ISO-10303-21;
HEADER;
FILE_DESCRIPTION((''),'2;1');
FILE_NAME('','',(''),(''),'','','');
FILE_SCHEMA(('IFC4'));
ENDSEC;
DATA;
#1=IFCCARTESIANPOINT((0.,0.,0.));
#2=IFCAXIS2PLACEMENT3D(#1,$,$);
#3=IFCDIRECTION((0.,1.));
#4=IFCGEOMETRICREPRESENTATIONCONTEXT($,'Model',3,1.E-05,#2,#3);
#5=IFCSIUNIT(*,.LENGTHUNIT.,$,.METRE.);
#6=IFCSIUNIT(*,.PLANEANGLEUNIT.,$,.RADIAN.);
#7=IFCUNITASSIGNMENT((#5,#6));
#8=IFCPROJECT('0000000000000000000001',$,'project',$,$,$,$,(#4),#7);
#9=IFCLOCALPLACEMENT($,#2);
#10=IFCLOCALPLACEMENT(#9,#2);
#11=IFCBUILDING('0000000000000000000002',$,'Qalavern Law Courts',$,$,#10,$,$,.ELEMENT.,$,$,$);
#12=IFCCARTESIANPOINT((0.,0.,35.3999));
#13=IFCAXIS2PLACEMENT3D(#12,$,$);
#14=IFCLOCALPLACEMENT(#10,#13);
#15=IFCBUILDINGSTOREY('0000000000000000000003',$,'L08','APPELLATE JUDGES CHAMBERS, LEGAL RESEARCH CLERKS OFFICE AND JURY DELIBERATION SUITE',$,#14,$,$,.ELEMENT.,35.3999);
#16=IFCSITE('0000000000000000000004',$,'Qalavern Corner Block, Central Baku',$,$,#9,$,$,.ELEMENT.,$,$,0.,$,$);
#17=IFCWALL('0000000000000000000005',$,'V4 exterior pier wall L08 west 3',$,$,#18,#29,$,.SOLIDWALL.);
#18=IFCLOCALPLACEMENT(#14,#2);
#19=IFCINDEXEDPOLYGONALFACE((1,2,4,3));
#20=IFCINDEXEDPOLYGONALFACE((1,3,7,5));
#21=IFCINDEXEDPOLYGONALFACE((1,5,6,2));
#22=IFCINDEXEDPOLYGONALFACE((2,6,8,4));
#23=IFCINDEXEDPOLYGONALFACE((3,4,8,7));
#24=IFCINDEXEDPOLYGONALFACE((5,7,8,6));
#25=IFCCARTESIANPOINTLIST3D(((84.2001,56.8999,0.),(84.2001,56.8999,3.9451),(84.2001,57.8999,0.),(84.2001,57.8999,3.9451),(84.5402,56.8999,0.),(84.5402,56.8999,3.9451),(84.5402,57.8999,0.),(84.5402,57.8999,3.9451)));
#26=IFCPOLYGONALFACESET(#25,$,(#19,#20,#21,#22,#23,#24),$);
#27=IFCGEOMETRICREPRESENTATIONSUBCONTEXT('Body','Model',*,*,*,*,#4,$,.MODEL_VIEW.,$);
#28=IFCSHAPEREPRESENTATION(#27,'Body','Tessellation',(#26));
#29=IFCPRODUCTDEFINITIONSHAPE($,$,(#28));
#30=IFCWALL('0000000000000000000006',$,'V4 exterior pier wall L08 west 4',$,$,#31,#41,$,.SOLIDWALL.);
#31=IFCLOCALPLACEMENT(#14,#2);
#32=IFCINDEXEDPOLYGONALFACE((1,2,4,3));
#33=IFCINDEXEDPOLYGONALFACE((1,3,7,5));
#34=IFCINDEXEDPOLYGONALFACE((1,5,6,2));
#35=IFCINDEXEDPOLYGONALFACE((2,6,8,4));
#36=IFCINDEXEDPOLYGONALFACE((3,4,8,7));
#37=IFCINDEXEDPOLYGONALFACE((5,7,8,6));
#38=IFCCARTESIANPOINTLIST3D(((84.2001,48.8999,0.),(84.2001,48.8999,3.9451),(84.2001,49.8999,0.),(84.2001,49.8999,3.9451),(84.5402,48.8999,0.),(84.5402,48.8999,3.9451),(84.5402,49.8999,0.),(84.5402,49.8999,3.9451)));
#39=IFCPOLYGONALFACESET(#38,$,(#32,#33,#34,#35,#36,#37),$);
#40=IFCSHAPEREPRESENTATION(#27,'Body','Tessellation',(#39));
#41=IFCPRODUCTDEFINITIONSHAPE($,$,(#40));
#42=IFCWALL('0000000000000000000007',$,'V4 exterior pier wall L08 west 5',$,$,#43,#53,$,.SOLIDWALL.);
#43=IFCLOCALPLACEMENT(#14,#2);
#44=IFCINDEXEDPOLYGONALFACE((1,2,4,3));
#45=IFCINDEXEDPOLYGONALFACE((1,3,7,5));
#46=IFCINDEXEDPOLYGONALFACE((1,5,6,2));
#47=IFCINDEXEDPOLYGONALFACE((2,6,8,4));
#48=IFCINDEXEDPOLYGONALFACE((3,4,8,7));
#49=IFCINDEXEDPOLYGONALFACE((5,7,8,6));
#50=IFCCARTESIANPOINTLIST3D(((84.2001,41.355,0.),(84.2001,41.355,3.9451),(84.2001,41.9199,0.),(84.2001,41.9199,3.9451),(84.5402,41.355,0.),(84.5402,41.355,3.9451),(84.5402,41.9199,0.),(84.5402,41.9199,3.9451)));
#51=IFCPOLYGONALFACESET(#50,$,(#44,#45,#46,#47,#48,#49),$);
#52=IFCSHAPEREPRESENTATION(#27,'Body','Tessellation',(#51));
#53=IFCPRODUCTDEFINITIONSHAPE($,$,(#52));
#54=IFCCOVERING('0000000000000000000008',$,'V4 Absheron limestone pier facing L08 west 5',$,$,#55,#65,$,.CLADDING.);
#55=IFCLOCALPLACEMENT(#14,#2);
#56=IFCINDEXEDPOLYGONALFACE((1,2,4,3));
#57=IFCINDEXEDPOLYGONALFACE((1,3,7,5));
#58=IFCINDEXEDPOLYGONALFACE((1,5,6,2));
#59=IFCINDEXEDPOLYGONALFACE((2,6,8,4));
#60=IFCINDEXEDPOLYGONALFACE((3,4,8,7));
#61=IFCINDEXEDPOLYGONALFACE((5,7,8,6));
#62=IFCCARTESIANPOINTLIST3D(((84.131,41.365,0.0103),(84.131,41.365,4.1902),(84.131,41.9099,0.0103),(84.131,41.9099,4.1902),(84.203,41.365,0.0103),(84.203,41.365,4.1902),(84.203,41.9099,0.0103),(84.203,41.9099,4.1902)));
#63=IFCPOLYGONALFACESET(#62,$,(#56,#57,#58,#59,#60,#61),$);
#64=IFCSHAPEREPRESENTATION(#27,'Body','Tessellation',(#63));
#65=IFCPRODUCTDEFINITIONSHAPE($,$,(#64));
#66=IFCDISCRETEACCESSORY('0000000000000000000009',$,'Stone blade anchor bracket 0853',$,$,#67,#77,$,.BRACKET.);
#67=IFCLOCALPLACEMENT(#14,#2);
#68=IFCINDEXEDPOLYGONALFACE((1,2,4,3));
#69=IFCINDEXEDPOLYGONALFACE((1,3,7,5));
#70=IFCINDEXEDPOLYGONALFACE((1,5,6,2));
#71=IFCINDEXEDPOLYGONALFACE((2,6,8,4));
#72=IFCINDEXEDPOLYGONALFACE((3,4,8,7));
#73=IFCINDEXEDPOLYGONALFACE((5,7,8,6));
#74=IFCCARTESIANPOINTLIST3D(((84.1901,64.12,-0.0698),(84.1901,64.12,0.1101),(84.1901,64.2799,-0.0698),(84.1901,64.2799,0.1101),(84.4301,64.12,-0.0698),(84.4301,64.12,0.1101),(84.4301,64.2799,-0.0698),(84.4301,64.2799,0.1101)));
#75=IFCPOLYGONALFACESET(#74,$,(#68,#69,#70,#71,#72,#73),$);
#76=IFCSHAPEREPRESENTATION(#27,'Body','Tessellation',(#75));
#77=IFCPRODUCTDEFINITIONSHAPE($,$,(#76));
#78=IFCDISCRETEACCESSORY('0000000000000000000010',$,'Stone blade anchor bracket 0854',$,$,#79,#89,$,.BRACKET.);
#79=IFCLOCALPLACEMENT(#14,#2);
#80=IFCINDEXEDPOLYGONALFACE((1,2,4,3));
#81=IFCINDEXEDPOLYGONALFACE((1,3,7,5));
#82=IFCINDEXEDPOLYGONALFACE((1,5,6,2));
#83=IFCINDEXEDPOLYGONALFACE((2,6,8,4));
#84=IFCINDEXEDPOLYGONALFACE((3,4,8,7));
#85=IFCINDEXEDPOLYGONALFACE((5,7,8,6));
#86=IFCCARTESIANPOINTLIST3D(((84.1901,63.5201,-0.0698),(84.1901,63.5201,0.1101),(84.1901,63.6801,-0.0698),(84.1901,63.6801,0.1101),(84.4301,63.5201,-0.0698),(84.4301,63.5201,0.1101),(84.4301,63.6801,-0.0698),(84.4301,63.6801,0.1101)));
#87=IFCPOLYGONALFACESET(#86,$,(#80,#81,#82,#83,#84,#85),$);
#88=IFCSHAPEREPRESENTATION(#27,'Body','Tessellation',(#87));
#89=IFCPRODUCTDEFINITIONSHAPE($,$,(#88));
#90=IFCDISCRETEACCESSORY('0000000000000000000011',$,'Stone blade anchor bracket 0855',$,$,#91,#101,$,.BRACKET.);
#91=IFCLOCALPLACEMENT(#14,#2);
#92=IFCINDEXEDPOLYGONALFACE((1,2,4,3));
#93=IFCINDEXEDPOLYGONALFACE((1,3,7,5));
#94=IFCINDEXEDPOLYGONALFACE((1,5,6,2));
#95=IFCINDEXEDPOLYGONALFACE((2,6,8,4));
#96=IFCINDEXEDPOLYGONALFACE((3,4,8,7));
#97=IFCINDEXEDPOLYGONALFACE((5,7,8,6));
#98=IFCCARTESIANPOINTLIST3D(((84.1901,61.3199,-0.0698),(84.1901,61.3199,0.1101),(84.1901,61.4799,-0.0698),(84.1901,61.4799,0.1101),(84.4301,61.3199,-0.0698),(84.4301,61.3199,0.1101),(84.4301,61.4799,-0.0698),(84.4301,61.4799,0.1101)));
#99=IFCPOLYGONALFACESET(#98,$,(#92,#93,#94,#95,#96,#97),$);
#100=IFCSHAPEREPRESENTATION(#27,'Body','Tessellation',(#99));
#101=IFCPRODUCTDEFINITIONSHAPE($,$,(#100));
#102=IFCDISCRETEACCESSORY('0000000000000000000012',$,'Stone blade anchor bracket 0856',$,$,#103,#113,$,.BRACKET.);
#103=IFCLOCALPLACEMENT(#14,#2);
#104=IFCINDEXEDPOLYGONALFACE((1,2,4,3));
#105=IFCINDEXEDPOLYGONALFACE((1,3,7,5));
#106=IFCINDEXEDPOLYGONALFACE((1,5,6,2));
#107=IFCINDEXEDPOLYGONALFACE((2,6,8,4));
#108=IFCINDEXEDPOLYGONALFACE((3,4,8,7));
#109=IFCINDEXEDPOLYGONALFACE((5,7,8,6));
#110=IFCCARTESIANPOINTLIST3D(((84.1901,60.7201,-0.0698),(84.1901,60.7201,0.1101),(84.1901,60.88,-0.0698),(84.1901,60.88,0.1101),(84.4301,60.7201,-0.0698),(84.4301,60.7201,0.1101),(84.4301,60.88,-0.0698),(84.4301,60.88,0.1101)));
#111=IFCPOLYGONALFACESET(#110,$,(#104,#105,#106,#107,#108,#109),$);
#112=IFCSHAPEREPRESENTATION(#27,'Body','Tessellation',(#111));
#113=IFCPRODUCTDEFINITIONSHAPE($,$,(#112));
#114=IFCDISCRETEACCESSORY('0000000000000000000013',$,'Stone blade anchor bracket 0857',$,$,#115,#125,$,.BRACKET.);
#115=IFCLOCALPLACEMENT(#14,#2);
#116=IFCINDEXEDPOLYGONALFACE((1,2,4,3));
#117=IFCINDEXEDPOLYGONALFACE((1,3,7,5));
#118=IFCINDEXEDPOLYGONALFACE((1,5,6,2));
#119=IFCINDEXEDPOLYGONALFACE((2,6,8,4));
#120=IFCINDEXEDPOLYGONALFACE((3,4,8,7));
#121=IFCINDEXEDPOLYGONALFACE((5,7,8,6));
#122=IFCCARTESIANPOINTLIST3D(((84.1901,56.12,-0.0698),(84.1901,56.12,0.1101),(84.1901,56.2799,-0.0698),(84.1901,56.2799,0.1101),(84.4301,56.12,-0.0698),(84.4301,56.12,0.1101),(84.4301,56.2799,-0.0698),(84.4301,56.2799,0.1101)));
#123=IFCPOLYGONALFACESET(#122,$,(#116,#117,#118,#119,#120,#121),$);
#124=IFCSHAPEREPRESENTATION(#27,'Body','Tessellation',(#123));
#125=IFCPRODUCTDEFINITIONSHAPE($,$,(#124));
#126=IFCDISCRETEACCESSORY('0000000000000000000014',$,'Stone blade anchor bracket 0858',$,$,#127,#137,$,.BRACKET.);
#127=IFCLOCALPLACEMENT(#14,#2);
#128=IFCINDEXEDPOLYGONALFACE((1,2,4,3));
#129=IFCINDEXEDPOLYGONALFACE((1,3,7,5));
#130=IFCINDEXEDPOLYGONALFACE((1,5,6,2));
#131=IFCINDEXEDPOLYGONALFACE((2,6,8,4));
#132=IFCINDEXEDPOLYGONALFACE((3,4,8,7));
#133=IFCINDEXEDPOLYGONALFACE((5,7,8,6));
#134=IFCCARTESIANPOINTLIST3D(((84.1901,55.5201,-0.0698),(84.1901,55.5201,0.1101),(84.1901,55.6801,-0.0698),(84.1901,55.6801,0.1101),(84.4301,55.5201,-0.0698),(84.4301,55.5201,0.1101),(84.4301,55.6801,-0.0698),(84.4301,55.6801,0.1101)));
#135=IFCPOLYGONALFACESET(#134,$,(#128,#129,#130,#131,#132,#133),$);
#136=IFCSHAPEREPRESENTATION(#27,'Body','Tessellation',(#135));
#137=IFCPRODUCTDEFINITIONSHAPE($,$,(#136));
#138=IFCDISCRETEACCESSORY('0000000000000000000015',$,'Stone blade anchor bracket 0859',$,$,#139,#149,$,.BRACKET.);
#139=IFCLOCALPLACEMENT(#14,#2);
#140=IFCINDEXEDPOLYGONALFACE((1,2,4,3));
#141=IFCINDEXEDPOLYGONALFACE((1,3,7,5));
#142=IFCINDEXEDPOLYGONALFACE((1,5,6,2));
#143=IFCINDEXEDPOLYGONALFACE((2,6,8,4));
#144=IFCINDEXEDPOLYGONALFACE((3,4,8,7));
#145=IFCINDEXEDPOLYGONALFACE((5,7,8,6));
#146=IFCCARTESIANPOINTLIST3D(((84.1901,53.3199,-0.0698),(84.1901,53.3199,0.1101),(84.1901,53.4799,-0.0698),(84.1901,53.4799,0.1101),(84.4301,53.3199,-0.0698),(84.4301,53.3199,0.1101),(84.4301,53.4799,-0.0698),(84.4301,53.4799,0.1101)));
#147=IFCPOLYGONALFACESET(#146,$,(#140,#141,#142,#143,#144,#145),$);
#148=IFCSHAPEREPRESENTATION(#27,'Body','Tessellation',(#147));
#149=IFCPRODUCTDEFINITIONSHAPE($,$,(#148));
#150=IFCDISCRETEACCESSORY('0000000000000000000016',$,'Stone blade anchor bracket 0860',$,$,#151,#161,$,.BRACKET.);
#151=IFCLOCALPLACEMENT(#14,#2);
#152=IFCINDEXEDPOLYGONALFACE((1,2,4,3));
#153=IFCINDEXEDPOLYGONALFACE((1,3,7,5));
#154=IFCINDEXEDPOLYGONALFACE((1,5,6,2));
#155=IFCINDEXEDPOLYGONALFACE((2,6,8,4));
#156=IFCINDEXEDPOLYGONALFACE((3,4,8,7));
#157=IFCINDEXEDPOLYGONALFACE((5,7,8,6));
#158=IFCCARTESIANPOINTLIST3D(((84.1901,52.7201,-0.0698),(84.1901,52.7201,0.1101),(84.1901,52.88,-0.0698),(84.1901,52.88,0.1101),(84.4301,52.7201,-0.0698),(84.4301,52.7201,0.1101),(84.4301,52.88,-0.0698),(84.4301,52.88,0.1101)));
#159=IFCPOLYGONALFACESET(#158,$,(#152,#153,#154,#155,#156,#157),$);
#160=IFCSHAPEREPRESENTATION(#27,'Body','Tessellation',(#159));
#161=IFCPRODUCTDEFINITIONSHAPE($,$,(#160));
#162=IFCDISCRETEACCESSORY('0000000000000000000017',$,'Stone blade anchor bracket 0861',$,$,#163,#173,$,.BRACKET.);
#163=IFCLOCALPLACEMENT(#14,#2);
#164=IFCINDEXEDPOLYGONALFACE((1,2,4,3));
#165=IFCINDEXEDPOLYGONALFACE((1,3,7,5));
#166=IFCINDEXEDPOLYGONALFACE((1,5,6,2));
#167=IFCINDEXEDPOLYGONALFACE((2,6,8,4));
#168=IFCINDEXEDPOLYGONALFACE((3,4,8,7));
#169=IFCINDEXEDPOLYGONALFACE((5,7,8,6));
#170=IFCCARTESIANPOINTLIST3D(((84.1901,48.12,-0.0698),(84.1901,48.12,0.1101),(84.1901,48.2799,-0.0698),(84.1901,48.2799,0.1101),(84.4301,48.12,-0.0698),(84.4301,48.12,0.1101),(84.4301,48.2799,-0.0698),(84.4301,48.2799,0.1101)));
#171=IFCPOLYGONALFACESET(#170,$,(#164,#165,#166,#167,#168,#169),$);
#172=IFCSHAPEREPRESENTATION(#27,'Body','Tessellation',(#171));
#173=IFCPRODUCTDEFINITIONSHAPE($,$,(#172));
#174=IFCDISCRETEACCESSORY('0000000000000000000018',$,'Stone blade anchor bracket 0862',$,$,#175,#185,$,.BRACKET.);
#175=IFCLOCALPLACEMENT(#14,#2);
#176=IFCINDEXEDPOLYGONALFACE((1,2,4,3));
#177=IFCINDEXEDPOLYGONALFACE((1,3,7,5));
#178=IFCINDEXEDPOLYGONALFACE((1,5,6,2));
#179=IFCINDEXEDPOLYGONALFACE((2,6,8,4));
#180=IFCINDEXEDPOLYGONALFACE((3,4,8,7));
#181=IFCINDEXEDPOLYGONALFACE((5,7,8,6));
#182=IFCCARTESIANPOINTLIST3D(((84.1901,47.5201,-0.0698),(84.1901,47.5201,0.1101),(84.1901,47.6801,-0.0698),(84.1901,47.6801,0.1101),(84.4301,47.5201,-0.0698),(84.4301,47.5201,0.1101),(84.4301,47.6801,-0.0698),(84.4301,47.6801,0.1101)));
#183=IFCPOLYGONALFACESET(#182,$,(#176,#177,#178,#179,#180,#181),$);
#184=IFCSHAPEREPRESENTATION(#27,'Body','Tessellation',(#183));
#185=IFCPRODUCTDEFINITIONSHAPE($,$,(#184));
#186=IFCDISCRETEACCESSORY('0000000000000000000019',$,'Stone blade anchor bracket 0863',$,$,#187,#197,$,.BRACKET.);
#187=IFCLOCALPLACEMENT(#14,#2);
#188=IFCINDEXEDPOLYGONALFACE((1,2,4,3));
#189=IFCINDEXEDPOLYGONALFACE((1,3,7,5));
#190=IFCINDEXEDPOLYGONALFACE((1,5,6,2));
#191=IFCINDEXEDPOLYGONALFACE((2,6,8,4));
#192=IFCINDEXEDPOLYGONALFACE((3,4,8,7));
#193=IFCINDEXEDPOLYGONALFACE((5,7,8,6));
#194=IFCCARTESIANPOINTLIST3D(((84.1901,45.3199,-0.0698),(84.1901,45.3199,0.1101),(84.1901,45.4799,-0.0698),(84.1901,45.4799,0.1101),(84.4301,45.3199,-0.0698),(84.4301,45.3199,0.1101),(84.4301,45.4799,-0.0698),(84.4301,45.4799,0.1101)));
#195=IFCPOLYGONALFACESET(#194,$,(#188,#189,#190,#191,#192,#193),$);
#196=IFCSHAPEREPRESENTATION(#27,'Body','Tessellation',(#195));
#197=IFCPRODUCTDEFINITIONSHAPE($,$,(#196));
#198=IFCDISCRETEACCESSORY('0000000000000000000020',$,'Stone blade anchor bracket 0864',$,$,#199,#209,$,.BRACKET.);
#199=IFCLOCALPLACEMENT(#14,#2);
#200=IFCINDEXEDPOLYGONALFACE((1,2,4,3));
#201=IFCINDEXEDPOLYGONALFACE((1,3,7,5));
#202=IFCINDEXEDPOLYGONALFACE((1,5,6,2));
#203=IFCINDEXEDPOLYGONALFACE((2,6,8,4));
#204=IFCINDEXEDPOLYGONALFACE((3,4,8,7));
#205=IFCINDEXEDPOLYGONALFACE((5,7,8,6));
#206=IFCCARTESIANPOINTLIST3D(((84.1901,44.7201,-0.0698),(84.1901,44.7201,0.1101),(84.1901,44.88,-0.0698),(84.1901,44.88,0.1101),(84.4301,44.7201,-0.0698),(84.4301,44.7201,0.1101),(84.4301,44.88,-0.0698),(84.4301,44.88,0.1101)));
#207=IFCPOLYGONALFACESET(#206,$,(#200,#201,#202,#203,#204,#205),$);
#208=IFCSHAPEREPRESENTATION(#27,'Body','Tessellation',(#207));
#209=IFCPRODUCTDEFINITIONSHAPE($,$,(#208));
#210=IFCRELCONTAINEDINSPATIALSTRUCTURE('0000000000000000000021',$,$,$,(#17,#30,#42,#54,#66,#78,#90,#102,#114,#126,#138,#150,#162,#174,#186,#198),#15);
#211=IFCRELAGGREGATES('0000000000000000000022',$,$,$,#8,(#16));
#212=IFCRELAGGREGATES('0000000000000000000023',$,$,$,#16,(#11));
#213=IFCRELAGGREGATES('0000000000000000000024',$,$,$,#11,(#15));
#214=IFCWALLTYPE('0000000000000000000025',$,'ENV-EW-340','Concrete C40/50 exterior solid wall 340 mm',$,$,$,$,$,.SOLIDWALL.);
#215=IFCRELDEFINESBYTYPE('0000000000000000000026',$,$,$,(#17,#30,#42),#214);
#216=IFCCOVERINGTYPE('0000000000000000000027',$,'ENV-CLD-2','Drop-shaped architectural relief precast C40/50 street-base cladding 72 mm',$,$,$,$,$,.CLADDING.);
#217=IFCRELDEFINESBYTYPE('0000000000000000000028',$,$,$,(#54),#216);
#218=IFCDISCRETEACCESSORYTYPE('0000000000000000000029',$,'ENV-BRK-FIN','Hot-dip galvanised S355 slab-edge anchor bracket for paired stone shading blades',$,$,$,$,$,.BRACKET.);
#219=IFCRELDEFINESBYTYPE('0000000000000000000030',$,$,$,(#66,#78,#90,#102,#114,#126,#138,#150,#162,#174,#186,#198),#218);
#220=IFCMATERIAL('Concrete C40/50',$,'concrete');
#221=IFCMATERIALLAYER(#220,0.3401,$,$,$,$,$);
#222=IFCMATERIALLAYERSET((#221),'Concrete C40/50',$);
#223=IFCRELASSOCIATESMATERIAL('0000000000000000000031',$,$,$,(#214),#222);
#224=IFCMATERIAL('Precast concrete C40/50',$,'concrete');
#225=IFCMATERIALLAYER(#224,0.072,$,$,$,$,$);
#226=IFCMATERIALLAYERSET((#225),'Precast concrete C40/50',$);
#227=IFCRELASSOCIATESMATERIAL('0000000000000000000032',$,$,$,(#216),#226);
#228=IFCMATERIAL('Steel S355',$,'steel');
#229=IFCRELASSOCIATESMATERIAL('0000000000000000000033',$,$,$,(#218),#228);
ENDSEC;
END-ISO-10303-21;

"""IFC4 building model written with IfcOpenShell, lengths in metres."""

from ifc_helpers import new_model, si_unit, direction, frame, frame_2d, origin, origin_2d, place, context, subcontext, project, spatial, rectangle, extrude, material, layer, layer_set, type_object, element, save


model = new_model("IFC4")

# Units and contexts
model_context = context("Model", 3, precision=1e-05, world=origin(), true_north=direction((0.0, 1.0)))
body_context = subcontext(model_context, "Body", "Model", "MODEL_VIEW")
ifc_project = project(units=[si_unit("LENGTHUNIT", "METRE"), si_unit("PLANEANGLEUNIT", "RADIAN")], contexts=[model_context])

# Site, building, storey
site_placement = place(None, origin())
site = spatial("IfcSite", under=ifc_project, at=site_placement, Name="Qalavern Corner Block, Central Baku", CompositionType="ELEMENT", RefElevation=0.0)
building_placement = place(site_placement, origin())
building = spatial("IfcBuilding", under=site, at=building_placement, Name="Qalavern Law Courts", CompositionType="ELEMENT")
storey_placement = place(building_placement, frame((0.0, 0.0, 35.3999)))
storey = spatial("IfcBuildingStorey", under=building, at=storey_placement, Name="L08", Description="APPELLATE JUDGES CHAMBERS, LEGAL RESEARCH CLERKS OFFICE AND JURY DELIBERATION SUITE", CompositionType="ELEMENT", Elevation=35.3999)

# Walls
ifc_material_1 = material(Name="Concrete C40/50", Category="concrete")
ifc_layer_1 = layer(ifc_material_1, 0.3401)
ifc_layer_set_1 = layer_set([ifc_layer_1], Name="Concrete C40/50")
wall_type = type_object("IfcWallType", Name="ENV-EW-340", Description="Concrete C40/50 exterior solid wall 340 mm", PredefinedType="SOLIDWALL", material=ifc_layer_set_1)
for number, where, z_axis, x_axis, name in (
    (1, (84.3701, 57.8999, 0.0), (0.0, 0.0, 1.0), (0.0, -1.0, 0.0), "V4 exterior pier wall L08 west 3"),
    (2, (84.3701, 49.8999, 0.0), (0.0, 0.0, 1.0), (0.0, -1.0, 0.0), "V4 exterior pier wall L08 west 4"),
):
    element("IfcWall", number, at=place(storey_placement, frame(where, z_axis=z_axis, x_axis=x_axis)), inside=storey, type_object=wall_type, Name=name, PredefinedType="SOLIDWALL", context=body_context, shape_type="SweptSolid", body=[
        extrude(rectangle(XDim=1.0, YDim=0.3401, at=frame_2d((0.5, 0.0))), origin(), (0.0, 0.0, 1.0), 3.9451),
    ])
wall_1_placement = place(storey_placement, frame((84.3701, 41.9199, 0.0), z_axis=(0.0, 0.0, 1.0), x_axis=(0.0, -1.0, 0.0)))
element("IfcWall", 3, at=wall_1_placement, inside=storey, type_object=wall_type, Name="V4 exterior pier wall L08 west 5", PredefinedType="SOLIDWALL", context=body_context, shape_type="SweptSolid", body=[
    extrude(rectangle(XDim=0.5649, YDim=0.3401, at=frame_2d((0.2825, 0.0))), origin(), (0.0, 0.0, 1.0), 3.9451),
])

# Covering
ifc_material_2 = material(Name="Precast concrete C40/50", Category="concrete")
ifc_layer_2 = layer(ifc_material_2, 0.072)
ifc_layer_set_2 = layer_set([ifc_layer_2], Name="Precast concrete C40/50")
covering_type = type_object("IfcCoveringType", Name="ENV-CLD-2", Description="Drop-shaped architectural relief precast C40/50 street-base cladding 72 mm", PredefinedType="CLADDING", material=ifc_layer_set_2)
covering_placement = place(storey_placement, frame((84.167, 41.6375, 0.0103), z_axis=(0.0, 0.0, 1.0), x_axis=(0.0, -1.0, 0.0)))
element("IfcCovering", 4, at=covering_placement, inside=storey, type_object=covering_type, Name="V4 Absheron limestone pier facing L08 west 5", PredefinedType="CLADDING", context=body_context, shape_type="SweptSolid", body=[
    extrude(rectangle(XDim=0.5449, YDim=0.072, at=origin_2d()), origin(), (0.0, 0.0, 1.0), 4.1799),
])

# Discrete accessories
ifc_material_3 = material(Name="Steel S355", Category="steel")
discrete_accessory_type = type_object("IfcDiscreteAccessoryType", Name="ENV-BRK-FIN", Description="Hot-dip galvanised S355 slab-edge anchor bracket for paired stone shading blades", PredefinedType="BRACKET", material=ifc_material_3)
for number, where, z_axis, x_axis, name in (
    (5, (84.3101, 64.2, -0.0698), (0.0, 0.0, 1.0), (-1.0, 0.0, 0.0), "Stone blade anchor bracket 0853"),
    (6, (84.3101, 63.6001, -0.0698), (0.0, 0.0, 1.0), (-1.0, 0.0, 0.0), "Stone blade anchor bracket 0854"),
    (7, (84.3101, 61.3999, -0.0698), (0.0, 0.0, 1.0), (-1.0, 0.0, 0.0), "Stone blade anchor bracket 0855"),
    (8, (84.3101, 60.8, -0.0698), (0.0, 0.0, 1.0), (-1.0, 0.0, 0.0), "Stone blade anchor bracket 0856"),
    (9, (84.3101, 56.2, -0.0698), (0.0, 0.0, 1.0), (-1.0, 0.0, 0.0), "Stone blade anchor bracket 0857"),
    (10, (84.3101, 55.6001, -0.0698), (0.0, 0.0, 1.0), (-1.0, 0.0, 0.0), "Stone blade anchor bracket 0858"),
    (11, (84.3101, 53.3999, -0.0698), (0.0, 0.0, 1.0), (-1.0, 0.0, 0.0), "Stone blade anchor bracket 0859"),
    (12, (84.3101, 52.8, -0.0698), (0.0, 0.0, 1.0), (-1.0, 0.0, 0.0), "Stone blade anchor bracket 0860"),
    (13, (84.3101, 48.2, -0.0698), (0.0, 0.0, 1.0), (-1.0, 0.0, 0.0), "Stone blade anchor bracket 0861"),
    (14, (84.3101, 47.6001, -0.0698), (0.0, 0.0, 1.0), (-1.0, 0.0, 0.0), "Stone blade anchor bracket 0862"),
    (15, (84.3101, 45.3999, -0.0698), (0.0, 0.0, 1.0), (-1.0, 0.0, 0.0), "Stone blade anchor bracket 0863"),
    (16, (84.3101, 44.8, -0.0698), (0.0, 0.0, 1.0), (-1.0, 0.0, 0.0), "Stone blade anchor bracket 0864"),
):
    element("IfcDiscreteAccessory", number, at=place(storey_placement, frame(where, z_axis=z_axis, x_axis=x_axis)), inside=storey, type_object=discrete_accessory_type, Name=name, PredefinedType="BRACKET", context=body_context, shape_type="SweptSolid", body=[
        extrude(rectangle(XDim=0.24, YDim=0.1599, at=origin_2d()), origin(), (0.0, 0.0, 1.0), 0.1799),
    ])

save(model, "model.ifc")
